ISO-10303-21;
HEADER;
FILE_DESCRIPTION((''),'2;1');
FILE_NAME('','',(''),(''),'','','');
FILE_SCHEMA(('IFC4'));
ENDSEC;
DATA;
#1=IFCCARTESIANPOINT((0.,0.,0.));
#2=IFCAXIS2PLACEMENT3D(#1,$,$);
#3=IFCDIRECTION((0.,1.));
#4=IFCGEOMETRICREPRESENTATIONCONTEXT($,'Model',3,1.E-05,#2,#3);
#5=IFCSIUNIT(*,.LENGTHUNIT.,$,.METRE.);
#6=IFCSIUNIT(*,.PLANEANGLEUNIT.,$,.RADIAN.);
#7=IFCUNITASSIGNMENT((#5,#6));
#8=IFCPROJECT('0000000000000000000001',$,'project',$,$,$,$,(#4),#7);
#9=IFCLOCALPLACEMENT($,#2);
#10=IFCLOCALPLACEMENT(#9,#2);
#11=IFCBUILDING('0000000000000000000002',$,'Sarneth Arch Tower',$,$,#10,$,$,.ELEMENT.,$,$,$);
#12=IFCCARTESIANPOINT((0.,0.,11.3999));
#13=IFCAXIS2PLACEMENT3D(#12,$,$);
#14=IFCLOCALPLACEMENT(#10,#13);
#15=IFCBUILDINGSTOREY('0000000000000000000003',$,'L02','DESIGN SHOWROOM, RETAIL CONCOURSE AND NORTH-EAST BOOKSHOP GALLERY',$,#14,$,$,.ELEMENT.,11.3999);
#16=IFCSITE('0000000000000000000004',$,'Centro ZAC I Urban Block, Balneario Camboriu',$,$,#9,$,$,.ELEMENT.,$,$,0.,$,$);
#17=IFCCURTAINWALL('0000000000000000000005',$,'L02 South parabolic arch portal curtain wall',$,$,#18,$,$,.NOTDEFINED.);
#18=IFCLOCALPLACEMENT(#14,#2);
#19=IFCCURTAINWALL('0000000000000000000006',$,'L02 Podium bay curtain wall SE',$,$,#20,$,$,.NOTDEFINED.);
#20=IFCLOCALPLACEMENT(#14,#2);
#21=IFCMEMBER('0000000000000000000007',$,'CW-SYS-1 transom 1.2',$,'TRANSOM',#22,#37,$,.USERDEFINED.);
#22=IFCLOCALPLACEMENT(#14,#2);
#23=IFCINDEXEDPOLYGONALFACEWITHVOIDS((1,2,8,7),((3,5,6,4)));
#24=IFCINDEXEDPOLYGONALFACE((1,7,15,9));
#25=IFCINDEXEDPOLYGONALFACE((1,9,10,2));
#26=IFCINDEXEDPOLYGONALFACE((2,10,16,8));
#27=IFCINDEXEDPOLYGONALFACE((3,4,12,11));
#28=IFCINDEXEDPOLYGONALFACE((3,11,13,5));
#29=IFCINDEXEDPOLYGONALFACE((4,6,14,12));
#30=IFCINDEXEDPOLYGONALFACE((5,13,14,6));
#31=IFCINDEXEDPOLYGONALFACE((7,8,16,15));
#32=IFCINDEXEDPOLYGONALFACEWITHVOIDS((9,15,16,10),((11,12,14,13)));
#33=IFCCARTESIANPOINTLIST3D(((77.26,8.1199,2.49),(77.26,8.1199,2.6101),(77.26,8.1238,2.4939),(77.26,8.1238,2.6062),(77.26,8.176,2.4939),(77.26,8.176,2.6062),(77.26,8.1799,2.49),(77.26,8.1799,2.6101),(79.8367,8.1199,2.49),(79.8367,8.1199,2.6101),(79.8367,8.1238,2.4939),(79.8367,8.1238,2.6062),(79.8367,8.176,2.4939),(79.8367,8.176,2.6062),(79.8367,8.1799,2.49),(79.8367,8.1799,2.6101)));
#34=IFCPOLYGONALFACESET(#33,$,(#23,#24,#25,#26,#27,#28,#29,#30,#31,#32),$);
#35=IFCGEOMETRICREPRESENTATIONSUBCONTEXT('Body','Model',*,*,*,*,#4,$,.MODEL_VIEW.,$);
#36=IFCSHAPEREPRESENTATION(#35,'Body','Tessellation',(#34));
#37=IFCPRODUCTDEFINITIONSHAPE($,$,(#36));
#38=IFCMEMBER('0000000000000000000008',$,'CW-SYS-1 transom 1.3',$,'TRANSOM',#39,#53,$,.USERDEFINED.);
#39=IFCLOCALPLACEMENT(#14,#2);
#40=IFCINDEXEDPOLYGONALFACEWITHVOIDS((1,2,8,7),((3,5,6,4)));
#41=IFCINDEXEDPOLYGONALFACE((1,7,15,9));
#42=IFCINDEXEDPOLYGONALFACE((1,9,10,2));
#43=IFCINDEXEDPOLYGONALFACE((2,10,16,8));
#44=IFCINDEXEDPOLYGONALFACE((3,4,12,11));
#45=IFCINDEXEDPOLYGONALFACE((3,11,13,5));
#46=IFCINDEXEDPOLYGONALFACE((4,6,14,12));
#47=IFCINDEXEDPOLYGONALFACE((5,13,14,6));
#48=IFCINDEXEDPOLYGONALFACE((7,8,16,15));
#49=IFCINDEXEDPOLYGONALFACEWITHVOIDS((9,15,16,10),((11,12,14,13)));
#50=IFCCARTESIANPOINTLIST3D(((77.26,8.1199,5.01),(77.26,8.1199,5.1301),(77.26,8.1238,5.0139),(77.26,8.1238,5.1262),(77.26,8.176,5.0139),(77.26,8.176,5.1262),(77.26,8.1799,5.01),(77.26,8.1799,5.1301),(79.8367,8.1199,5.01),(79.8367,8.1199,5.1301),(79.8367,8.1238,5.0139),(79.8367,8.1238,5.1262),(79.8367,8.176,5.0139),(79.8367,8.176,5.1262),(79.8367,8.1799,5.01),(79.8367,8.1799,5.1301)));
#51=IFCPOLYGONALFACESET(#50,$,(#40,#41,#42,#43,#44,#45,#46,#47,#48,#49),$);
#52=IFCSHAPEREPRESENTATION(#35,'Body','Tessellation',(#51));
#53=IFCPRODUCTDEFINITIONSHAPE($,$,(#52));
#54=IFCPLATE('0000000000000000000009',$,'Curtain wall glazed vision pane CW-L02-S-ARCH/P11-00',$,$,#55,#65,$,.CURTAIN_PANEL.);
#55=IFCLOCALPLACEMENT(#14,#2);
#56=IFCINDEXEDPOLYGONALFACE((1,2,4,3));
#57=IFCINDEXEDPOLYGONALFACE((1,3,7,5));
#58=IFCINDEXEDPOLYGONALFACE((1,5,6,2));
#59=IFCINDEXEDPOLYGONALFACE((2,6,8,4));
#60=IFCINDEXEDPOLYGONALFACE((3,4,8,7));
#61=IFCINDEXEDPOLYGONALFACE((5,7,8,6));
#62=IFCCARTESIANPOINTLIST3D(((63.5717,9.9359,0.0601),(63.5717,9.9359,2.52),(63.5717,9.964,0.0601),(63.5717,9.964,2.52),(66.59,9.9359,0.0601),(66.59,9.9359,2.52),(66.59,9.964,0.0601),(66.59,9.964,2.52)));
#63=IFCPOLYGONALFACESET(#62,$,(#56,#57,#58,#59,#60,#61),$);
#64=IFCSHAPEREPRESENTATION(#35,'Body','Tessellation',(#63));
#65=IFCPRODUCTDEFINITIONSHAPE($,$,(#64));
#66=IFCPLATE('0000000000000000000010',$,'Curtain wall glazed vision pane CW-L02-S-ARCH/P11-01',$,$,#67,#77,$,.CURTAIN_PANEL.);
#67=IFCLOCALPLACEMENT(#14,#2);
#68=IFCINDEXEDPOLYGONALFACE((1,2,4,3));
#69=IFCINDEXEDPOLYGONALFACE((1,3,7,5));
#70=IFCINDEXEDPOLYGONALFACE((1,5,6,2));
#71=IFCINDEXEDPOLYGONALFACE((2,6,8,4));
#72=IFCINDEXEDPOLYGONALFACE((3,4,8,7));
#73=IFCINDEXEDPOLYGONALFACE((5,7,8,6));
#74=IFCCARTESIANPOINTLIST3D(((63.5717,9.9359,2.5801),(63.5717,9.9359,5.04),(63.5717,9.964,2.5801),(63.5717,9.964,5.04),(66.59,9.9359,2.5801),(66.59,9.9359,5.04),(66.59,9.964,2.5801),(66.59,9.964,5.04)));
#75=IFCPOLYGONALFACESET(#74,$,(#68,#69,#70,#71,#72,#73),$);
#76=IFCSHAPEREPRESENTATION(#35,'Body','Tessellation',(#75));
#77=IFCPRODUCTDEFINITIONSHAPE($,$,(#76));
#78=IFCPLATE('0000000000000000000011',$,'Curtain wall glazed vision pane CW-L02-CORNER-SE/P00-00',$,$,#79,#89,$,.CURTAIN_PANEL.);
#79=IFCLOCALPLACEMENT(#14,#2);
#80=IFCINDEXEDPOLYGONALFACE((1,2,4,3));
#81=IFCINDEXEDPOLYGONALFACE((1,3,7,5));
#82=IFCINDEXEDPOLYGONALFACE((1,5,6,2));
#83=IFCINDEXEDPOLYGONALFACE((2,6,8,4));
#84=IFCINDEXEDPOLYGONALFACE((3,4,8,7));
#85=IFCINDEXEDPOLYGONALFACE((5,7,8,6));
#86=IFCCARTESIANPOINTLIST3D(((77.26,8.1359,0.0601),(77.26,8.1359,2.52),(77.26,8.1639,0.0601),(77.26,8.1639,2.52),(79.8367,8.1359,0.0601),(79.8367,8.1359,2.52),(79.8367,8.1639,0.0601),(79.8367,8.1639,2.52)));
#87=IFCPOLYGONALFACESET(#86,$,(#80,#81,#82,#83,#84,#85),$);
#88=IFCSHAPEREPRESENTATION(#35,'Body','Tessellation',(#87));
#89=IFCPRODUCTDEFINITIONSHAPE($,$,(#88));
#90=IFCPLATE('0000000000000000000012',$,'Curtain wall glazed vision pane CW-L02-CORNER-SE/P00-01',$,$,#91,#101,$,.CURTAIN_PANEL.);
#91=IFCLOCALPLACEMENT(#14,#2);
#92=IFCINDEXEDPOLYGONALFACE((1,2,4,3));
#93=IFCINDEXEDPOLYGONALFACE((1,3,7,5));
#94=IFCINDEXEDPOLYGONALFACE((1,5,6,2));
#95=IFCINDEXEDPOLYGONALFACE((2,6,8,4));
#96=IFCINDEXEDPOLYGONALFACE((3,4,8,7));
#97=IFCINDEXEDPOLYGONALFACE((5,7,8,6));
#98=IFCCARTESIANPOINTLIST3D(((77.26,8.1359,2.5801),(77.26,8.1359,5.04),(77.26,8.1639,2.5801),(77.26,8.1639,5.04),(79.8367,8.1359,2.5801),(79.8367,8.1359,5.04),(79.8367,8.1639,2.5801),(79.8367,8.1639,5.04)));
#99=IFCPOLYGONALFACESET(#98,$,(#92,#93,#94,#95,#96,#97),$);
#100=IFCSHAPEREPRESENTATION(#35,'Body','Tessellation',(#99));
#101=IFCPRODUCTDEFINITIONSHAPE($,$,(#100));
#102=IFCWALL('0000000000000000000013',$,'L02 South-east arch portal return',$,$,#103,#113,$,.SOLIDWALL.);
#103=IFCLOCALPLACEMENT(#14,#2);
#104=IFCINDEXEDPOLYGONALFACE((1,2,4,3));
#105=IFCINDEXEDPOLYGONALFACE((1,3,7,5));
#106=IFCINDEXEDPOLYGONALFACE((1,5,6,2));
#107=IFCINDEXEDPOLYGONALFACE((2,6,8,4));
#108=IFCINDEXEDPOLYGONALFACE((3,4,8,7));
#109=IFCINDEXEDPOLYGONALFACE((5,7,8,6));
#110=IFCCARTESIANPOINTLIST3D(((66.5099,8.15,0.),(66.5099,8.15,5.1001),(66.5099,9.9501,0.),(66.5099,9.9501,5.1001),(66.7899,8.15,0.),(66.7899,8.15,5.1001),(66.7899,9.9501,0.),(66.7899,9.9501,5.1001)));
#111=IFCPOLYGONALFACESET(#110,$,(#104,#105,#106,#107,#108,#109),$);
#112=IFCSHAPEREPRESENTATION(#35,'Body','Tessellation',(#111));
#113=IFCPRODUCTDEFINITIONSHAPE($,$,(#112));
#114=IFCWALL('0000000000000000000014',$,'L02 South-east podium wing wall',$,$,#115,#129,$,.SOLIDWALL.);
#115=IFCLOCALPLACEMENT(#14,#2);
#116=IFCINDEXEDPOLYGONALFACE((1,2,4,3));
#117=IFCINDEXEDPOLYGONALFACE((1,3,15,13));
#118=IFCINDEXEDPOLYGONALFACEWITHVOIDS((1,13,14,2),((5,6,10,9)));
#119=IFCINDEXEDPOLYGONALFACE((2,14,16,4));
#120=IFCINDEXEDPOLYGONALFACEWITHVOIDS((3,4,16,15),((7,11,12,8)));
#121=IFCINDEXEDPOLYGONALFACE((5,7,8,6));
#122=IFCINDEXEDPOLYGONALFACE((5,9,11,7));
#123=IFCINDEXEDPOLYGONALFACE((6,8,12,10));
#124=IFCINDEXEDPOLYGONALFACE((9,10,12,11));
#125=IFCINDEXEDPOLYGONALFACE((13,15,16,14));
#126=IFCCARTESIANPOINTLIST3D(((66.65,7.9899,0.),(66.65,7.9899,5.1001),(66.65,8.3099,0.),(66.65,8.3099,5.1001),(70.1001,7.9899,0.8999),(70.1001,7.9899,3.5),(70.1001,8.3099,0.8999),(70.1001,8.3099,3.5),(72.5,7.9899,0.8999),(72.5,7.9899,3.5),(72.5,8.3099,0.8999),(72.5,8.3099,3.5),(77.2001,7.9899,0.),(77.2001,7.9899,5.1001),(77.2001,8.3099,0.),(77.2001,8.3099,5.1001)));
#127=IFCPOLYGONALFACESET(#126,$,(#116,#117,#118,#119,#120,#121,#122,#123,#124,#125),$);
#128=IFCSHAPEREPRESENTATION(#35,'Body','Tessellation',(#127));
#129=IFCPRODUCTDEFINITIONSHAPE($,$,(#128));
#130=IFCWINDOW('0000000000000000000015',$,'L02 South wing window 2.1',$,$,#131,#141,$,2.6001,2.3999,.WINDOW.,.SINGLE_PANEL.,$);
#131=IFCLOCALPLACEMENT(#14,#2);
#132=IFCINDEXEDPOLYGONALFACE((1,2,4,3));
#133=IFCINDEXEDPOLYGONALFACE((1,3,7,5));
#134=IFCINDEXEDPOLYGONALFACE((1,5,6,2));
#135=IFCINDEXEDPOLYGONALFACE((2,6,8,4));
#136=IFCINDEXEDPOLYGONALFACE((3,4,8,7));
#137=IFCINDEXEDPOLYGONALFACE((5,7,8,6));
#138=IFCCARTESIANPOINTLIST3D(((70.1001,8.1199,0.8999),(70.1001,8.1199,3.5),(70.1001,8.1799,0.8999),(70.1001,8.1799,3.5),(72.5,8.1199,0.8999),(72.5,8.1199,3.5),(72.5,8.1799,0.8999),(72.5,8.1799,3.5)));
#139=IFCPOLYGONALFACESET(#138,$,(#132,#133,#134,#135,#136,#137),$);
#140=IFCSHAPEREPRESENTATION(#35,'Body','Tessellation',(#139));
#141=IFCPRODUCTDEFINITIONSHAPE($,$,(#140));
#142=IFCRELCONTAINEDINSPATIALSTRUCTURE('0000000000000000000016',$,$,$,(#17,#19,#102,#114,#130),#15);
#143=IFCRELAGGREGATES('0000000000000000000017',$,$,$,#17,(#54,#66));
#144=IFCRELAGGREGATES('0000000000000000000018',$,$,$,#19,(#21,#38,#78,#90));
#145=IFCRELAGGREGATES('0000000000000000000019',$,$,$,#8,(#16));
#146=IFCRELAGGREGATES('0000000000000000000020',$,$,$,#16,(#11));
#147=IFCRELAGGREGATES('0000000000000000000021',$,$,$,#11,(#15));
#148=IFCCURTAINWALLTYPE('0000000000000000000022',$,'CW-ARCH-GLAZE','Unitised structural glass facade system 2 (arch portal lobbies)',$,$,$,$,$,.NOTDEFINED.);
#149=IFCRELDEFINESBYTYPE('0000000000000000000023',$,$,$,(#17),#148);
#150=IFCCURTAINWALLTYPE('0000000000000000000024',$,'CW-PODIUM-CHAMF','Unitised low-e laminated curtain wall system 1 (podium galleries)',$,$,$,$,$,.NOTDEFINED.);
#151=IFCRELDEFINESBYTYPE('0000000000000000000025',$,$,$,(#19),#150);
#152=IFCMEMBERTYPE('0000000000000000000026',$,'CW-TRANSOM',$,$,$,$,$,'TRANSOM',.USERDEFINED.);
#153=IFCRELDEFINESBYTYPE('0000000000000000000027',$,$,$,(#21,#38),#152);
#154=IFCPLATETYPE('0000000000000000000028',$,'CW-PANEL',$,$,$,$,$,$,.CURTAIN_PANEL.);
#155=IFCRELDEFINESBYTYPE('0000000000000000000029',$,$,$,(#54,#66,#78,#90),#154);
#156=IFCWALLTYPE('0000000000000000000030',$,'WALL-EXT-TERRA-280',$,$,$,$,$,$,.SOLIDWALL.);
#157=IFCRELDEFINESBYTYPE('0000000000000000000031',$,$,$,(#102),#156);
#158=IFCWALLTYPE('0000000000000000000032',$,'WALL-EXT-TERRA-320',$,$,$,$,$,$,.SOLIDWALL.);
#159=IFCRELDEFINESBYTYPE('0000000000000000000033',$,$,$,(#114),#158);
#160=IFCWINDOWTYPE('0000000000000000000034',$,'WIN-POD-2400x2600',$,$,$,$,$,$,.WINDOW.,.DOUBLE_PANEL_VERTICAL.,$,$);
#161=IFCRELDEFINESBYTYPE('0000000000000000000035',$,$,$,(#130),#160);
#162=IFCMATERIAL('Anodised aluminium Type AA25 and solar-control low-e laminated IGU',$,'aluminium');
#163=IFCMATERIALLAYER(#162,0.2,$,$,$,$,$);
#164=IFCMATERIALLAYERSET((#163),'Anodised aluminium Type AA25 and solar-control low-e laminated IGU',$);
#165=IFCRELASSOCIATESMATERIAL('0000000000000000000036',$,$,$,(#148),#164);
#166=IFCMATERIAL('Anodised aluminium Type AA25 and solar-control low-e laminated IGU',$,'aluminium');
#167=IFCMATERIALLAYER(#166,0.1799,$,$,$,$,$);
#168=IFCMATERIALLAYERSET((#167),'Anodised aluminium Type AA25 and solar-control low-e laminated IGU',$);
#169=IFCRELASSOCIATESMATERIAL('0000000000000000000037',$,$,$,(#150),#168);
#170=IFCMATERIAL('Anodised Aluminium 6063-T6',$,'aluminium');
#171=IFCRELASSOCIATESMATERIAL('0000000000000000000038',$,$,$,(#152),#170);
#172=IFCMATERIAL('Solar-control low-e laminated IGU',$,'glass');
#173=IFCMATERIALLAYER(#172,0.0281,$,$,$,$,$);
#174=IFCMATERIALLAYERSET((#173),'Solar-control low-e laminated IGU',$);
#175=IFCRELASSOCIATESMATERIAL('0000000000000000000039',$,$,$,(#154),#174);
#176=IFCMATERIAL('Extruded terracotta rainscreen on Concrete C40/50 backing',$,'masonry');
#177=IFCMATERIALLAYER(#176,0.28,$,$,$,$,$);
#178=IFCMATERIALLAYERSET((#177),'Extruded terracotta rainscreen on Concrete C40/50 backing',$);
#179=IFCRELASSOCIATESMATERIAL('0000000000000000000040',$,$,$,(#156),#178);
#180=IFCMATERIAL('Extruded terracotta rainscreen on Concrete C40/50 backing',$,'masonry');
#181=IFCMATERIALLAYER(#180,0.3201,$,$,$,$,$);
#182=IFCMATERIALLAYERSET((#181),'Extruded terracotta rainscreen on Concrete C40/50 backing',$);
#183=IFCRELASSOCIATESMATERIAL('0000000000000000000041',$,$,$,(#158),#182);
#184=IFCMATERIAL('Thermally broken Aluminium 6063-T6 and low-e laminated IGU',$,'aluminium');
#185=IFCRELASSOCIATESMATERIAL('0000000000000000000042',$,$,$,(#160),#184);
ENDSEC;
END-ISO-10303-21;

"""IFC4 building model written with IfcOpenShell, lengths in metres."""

from ifc_helpers import new_model, si_unit, direction, frame, frame_2d, origin, origin_2d, place, context, subcontext, project, spatial, rectangle, hollow_rectangle, extrude, material, layer, layer_set, material_profile, profile_set, type_object, element, fill, aggregate, save


model = new_model("IFC4")

# Units and contexts
model_context = context("Model", 3, precision=1e-05, world=origin(), true_north=direction((0.0, 1.0)))
body_context = subcontext(model_context, "Body", "Model", "MODEL_VIEW")
ifc_project = project(units=[si_unit("LENGTHUNIT", "METRE"), si_unit("PLANEANGLEUNIT", "RADIAN")], contexts=[model_context])

# Site, building, storey
site_placement = place(None, origin())
site = spatial("IfcSite", under=ifc_project, at=site_placement, Name="Centro ZAC I Urban Block, Balneario Camboriu", CompositionType="ELEMENT", RefElevation=0.0)
building_placement = place(site_placement, origin())
building = spatial("IfcBuilding", under=site, at=building_placement, Name="Sarneth Arch Tower", CompositionType="ELEMENT")
storey_placement = place(building_placement, frame((0.0, 0.0, 11.3999)))
storey = spatial("IfcBuildingStorey", under=building, at=storey_placement, Name="L02", Description="DESIGN SHOWROOM, RETAIL CONCOURSE AND NORTH-EAST BOOKSHOP GALLERY", CompositionType="ELEMENT", Elevation=11.3999)

# Curtain wall
ifc_material_1 = material(Name="Anodised aluminium Type AA25 and solar-control low-e laminated IGU", Category="aluminium")
ifc_layer_1 = layer(ifc_material_1, 0.2)
ifc_layer_set_1 = layer_set([ifc_layer_1], Name="Anodised aluminium Type AA25 and solar-control low-e laminated IGU")
curtain_wall_type_1 = type_object("IfcCurtainWallType", Name="CW-ARCH-GLAZE", Description="Unitised structural glass facade system 2 (arch portal lobbies)", PredefinedType="NOTDEFINED", material=ifc_layer_set_1)
curtain_wall_1_placement = place(storey_placement, origin())
curtain_wall_1 = element("IfcCurtainWall", 1, at=curtain_wall_1_placement, inside=storey, type_object=curtain_wall_type_1, Name="L02 South parabolic arch portal curtain wall", PredefinedType="NOTDEFINED")

# Curtain wall
ifc_material_2 = material(Name="Anodised aluminium Type AA25 and solar-control low-e laminated IGU", Category="aluminium")
ifc_layer_2 = layer(ifc_material_2, 0.1799)
ifc_layer_set_2 = layer_set([ifc_layer_2], Name="Anodised aluminium Type AA25 and solar-control low-e laminated IGU")
curtain_wall_type_2 = type_object("IfcCurtainWallType", Name="CW-PODIUM-CHAMF", Description="Unitised low-e laminated curtain wall system 1 (podium galleries)", PredefinedType="NOTDEFINED", material=ifc_layer_set_2)
curtain_wall_2_placement = place(storey_placement, origin())
curtain_wall_2 = element("IfcCurtainWall", 2, at=curtain_wall_2_placement, inside=storey, type_object=curtain_wall_type_2, Name="L02 Podium bay curtain wall SE", PredefinedType="NOTDEFINED")

# Members
ifc_material_3 = material(Name="Anodised Aluminium 6063-T6", Category="aluminium")
ifc_material_profile_1 = material_profile(ifc_material_3, hollow_rectangle(XDim=0.0601, YDim=0.1201, WallThickness=0.0039, at=origin_2d()), Name="AL-TRAN-120x60x4")
ifc_profile_set_1 = profile_set([ifc_material_profile_1], Name="Anodised Aluminium 6063-T6")
member_type_1 = type_object("IfcMemberType", Name="CW-TRANSOM", ElementType="TRANSOM", PredefinedType="USERDEFINED", material=ifc_profile_set_1)
member_1_placement = place(storey_placement, frame((77.26, 8.1499, 2.55), z_axis=(1.0, 0.0, 0.0), x_axis=(0.0, 1.0, 0.0)))
member_1 = element("IfcMember", 3, at=member_1_placement, type_object=member_type_1, Name="CW-SYS-1 transom 1.2", ObjectType="TRANSOM", PredefinedType="USERDEFINED", context=body_context, shape_type="SweptSolid", body=[
    extrude(hollow_rectangle(XDim=0.0601, YDim=0.1201, WallThickness=0.0039, at=origin_2d()), origin(), (0.0, 0.0, 1.0), 2.5767),
])
member_2_placement = place(storey_placement, frame((77.26, 8.1499, 5.0701), z_axis=(1.0, 0.0, 0.0), x_axis=(0.0, 1.0, 0.0)))
member_2 = element("IfcMember", 4, at=member_2_placement, type_object=member_type_1, Name="CW-SYS-1 transom 1.3", ObjectType="TRANSOM", PredefinedType="USERDEFINED", context=body_context, shape_type="SweptSolid", body=[
    extrude(hollow_rectangle(XDim=0.0601, YDim=0.1201, WallThickness=0.0039, at=origin_2d()), origin(), (0.0, 0.0, 1.0), 2.5767),
])

# Plates
ifc_material_4 = material(Name="Solar-control low-e laminated IGU", Category="glass")
ifc_layer_3 = layer(ifc_material_4, 0.0281)
ifc_layer_set_3 = layer_set([ifc_layer_3], Name="Solar-control low-e laminated IGU")
plate_type = type_object("IfcPlateType", Name="CW-PANEL", PredefinedType="CURTAIN_PANEL", material=ifc_layer_set_3)
plate_1_placement = place(storey_placement, frame((65.0808, 9.95, 0.0601), z_axis=(0.0, 0.0, 1.0), x_axis=(1.0, 0.0, 0.0)))
plate_1 = element("IfcPlate", 5, at=plate_1_placement, type_object=plate_type, Name="Curtain wall glazed vision pane CW-L02-S-ARCH/P11-00", PredefinedType="CURTAIN_PANEL", context=body_context, shape_type="SweptSolid", body=[
    extrude(rectangle(XDim=3.0183, YDim=0.0281, at=origin_2d()), origin(), (0.0, 0.0, 1.0), 2.46),
])
plate_2_placement = place(storey_placement, frame((65.0808, 9.95, 2.5801), z_axis=(0.0, 0.0, 1.0), x_axis=(1.0, 0.0, 0.0)))
plate_2 = element("IfcPlate", 6, at=plate_2_placement, type_object=plate_type, Name="Curtain wall glazed vision pane CW-L02-S-ARCH/P11-01", PredefinedType="CURTAIN_PANEL", context=body_context, shape_type="SweptSolid", body=[
    extrude(rectangle(XDim=3.0183, YDim=0.0281, at=origin_2d()), origin(), (0.0, 0.0, 1.0), 2.46),
])
aggregate(curtain_wall_1, [plate_1, plate_2])
plate_3_placement = place(storey_placement, frame((78.5483, 8.1499, 0.0601), z_axis=(0.0, 0.0, 1.0), x_axis=(1.0, 0.0, 0.0)))
plate_3 = element("IfcPlate", 7, at=plate_3_placement, type_object=plate_type, Name="Curtain wall glazed vision pane CW-L02-CORNER-SE/P00-00", PredefinedType="CURTAIN_PANEL", context=body_context, shape_type="SweptSolid", body=[
    extrude(rectangle(XDim=2.5767, YDim=0.0281, at=origin_2d()), origin(), (0.0, 0.0, 1.0), 2.46),
])
plate_4_placement = place(storey_placement, frame((78.5483, 8.1499, 2.5801), z_axis=(0.0, 0.0, 1.0), x_axis=(1.0, 0.0, 0.0)))
plate_4 = element("IfcPlate", 8, at=plate_4_placement, type_object=plate_type, Name="Curtain wall glazed vision pane CW-L02-CORNER-SE/P00-01", PredefinedType="CURTAIN_PANEL", context=body_context, shape_type="SweptSolid", body=[
    extrude(rectangle(XDim=2.5767, YDim=0.0281, at=origin_2d()), origin(), (0.0, 0.0, 1.0), 2.46),
])
aggregate(curtain_wall_2, [member_1, member_2, plate_3, plate_4])

# Wall
ifc_material_5 = material(Name="Extruded terracotta rainscreen on Concrete C40/50 backing", Category="masonry")
ifc_layer_4 = layer(ifc_material_5, 0.28)
ifc_layer_set_4 = layer_set([ifc_layer_4], Name="Extruded terracotta rainscreen on Concrete C40/50 backing")
wall_type_1 = type_object("IfcWallType", Name="WALL-EXT-TERRA-280", PredefinedType="SOLIDWALL", material=ifc_layer_set_4)
wall_1_placement = place(storey_placement, frame((66.6499, 9.95, 0.0), z_axis=(0.0, 0.0, 1.0), x_axis=(0.0, -1.0, 0.0)))
element("IfcWall", 9, at=wall_1_placement, inside=storey, type_object=wall_type_1, Name="L02 South-east arch portal return", PredefinedType="SOLIDWALL", context=body_context, shape_type="SweptSolid", body=[
    extrude(rectangle(XDim=1.8, YDim=0.28, at=frame_2d((0.8999, 0.0))), origin(), (0.0, 0.0, 1.0), 5.1001),
])

# Wall, opening, window
ifc_material_6 = material(Name="Extruded terracotta rainscreen on Concrete C40/50 backing", Category="masonry")
ifc_layer_5 = layer(ifc_material_6, 0.3201)
ifc_layer_set_5 = layer_set([ifc_layer_5], Name="Extruded terracotta rainscreen on Concrete C40/50 backing")
wall_type_2 = type_object("IfcWallType", Name="WALL-EXT-TERRA-320", PredefinedType="SOLIDWALL", material=ifc_layer_set_5)
wall_2_placement = place(storey_placement, frame((77.2, 8.1499, 0.0), z_axis=(0.0, 0.0, 1.0), x_axis=(-1.0, 0.0, 0.0)))
wall_2 = element("IfcWall", 10, at=wall_2_placement, inside=storey, type_object=wall_type_2, Name="L02 South-east podium wing wall", PredefinedType="SOLIDWALL", context=body_context, shape_type="SweptSolid", body=[
    extrude(rectangle(XDim=10.55, YDim=0.3201, at=frame_2d((5.2749, 0.0))), origin(), (0.0, 0.0, 1.0), 5.1001),
])
opening_placement = place(wall_2_placement, frame((4.7, 0.0, 0.8999)))
opening = element("IfcOpeningElement", 11, at=opening_placement, cuts=wall_2, PredefinedType="OPENING", context=body_context, shape_type="SweptSolid", body=[
    extrude(rectangle(XDim=2.3999, YDim=2.6001, at=frame_2d((1.2, 1.3))), frame((0.0, 0.1699, 0.0), z_axis=(0.0, -1.0, 0.0), x_axis=(1.0, 0.0, 0.0)), (0.0, 0.0, 1.0), 0.3401),
])
ifc_material_7 = material(Name="Thermally broken Aluminium 6063-T6 and low-e laminated IGU", Category="aluminium")
window_type = type_object("IfcWindowType", Name="WIN-POD-2400x2600", PartitioningType="DOUBLE_PANEL_VERTICAL", PredefinedType="WINDOW", material=ifc_material_7)
window_placement = place(opening_placement, origin())
window = element("IfcWindow", 12, at=window_placement, inside=storey, type_object=window_type, Name="L02 South wing window 2.1", OverallHeight=2.6001, OverallWidth=2.3999, PartitioningType="SINGLE_PANEL", PredefinedType="WINDOW", context=body_context, shape_type="SweptSolid", body=[
    extrude(rectangle(XDim=2.3999, YDim=2.6001, at=frame_2d((1.2, 1.3))), frame((0.0, 0.03, 0.0), z_axis=(0.0, -1.0, 0.0), x_axis=(1.0, 0.0, 0.0)), (0.0, 0.0, 1.0), 0.0601),
])
fill(opening, window)

save(model, "model.ifc")
